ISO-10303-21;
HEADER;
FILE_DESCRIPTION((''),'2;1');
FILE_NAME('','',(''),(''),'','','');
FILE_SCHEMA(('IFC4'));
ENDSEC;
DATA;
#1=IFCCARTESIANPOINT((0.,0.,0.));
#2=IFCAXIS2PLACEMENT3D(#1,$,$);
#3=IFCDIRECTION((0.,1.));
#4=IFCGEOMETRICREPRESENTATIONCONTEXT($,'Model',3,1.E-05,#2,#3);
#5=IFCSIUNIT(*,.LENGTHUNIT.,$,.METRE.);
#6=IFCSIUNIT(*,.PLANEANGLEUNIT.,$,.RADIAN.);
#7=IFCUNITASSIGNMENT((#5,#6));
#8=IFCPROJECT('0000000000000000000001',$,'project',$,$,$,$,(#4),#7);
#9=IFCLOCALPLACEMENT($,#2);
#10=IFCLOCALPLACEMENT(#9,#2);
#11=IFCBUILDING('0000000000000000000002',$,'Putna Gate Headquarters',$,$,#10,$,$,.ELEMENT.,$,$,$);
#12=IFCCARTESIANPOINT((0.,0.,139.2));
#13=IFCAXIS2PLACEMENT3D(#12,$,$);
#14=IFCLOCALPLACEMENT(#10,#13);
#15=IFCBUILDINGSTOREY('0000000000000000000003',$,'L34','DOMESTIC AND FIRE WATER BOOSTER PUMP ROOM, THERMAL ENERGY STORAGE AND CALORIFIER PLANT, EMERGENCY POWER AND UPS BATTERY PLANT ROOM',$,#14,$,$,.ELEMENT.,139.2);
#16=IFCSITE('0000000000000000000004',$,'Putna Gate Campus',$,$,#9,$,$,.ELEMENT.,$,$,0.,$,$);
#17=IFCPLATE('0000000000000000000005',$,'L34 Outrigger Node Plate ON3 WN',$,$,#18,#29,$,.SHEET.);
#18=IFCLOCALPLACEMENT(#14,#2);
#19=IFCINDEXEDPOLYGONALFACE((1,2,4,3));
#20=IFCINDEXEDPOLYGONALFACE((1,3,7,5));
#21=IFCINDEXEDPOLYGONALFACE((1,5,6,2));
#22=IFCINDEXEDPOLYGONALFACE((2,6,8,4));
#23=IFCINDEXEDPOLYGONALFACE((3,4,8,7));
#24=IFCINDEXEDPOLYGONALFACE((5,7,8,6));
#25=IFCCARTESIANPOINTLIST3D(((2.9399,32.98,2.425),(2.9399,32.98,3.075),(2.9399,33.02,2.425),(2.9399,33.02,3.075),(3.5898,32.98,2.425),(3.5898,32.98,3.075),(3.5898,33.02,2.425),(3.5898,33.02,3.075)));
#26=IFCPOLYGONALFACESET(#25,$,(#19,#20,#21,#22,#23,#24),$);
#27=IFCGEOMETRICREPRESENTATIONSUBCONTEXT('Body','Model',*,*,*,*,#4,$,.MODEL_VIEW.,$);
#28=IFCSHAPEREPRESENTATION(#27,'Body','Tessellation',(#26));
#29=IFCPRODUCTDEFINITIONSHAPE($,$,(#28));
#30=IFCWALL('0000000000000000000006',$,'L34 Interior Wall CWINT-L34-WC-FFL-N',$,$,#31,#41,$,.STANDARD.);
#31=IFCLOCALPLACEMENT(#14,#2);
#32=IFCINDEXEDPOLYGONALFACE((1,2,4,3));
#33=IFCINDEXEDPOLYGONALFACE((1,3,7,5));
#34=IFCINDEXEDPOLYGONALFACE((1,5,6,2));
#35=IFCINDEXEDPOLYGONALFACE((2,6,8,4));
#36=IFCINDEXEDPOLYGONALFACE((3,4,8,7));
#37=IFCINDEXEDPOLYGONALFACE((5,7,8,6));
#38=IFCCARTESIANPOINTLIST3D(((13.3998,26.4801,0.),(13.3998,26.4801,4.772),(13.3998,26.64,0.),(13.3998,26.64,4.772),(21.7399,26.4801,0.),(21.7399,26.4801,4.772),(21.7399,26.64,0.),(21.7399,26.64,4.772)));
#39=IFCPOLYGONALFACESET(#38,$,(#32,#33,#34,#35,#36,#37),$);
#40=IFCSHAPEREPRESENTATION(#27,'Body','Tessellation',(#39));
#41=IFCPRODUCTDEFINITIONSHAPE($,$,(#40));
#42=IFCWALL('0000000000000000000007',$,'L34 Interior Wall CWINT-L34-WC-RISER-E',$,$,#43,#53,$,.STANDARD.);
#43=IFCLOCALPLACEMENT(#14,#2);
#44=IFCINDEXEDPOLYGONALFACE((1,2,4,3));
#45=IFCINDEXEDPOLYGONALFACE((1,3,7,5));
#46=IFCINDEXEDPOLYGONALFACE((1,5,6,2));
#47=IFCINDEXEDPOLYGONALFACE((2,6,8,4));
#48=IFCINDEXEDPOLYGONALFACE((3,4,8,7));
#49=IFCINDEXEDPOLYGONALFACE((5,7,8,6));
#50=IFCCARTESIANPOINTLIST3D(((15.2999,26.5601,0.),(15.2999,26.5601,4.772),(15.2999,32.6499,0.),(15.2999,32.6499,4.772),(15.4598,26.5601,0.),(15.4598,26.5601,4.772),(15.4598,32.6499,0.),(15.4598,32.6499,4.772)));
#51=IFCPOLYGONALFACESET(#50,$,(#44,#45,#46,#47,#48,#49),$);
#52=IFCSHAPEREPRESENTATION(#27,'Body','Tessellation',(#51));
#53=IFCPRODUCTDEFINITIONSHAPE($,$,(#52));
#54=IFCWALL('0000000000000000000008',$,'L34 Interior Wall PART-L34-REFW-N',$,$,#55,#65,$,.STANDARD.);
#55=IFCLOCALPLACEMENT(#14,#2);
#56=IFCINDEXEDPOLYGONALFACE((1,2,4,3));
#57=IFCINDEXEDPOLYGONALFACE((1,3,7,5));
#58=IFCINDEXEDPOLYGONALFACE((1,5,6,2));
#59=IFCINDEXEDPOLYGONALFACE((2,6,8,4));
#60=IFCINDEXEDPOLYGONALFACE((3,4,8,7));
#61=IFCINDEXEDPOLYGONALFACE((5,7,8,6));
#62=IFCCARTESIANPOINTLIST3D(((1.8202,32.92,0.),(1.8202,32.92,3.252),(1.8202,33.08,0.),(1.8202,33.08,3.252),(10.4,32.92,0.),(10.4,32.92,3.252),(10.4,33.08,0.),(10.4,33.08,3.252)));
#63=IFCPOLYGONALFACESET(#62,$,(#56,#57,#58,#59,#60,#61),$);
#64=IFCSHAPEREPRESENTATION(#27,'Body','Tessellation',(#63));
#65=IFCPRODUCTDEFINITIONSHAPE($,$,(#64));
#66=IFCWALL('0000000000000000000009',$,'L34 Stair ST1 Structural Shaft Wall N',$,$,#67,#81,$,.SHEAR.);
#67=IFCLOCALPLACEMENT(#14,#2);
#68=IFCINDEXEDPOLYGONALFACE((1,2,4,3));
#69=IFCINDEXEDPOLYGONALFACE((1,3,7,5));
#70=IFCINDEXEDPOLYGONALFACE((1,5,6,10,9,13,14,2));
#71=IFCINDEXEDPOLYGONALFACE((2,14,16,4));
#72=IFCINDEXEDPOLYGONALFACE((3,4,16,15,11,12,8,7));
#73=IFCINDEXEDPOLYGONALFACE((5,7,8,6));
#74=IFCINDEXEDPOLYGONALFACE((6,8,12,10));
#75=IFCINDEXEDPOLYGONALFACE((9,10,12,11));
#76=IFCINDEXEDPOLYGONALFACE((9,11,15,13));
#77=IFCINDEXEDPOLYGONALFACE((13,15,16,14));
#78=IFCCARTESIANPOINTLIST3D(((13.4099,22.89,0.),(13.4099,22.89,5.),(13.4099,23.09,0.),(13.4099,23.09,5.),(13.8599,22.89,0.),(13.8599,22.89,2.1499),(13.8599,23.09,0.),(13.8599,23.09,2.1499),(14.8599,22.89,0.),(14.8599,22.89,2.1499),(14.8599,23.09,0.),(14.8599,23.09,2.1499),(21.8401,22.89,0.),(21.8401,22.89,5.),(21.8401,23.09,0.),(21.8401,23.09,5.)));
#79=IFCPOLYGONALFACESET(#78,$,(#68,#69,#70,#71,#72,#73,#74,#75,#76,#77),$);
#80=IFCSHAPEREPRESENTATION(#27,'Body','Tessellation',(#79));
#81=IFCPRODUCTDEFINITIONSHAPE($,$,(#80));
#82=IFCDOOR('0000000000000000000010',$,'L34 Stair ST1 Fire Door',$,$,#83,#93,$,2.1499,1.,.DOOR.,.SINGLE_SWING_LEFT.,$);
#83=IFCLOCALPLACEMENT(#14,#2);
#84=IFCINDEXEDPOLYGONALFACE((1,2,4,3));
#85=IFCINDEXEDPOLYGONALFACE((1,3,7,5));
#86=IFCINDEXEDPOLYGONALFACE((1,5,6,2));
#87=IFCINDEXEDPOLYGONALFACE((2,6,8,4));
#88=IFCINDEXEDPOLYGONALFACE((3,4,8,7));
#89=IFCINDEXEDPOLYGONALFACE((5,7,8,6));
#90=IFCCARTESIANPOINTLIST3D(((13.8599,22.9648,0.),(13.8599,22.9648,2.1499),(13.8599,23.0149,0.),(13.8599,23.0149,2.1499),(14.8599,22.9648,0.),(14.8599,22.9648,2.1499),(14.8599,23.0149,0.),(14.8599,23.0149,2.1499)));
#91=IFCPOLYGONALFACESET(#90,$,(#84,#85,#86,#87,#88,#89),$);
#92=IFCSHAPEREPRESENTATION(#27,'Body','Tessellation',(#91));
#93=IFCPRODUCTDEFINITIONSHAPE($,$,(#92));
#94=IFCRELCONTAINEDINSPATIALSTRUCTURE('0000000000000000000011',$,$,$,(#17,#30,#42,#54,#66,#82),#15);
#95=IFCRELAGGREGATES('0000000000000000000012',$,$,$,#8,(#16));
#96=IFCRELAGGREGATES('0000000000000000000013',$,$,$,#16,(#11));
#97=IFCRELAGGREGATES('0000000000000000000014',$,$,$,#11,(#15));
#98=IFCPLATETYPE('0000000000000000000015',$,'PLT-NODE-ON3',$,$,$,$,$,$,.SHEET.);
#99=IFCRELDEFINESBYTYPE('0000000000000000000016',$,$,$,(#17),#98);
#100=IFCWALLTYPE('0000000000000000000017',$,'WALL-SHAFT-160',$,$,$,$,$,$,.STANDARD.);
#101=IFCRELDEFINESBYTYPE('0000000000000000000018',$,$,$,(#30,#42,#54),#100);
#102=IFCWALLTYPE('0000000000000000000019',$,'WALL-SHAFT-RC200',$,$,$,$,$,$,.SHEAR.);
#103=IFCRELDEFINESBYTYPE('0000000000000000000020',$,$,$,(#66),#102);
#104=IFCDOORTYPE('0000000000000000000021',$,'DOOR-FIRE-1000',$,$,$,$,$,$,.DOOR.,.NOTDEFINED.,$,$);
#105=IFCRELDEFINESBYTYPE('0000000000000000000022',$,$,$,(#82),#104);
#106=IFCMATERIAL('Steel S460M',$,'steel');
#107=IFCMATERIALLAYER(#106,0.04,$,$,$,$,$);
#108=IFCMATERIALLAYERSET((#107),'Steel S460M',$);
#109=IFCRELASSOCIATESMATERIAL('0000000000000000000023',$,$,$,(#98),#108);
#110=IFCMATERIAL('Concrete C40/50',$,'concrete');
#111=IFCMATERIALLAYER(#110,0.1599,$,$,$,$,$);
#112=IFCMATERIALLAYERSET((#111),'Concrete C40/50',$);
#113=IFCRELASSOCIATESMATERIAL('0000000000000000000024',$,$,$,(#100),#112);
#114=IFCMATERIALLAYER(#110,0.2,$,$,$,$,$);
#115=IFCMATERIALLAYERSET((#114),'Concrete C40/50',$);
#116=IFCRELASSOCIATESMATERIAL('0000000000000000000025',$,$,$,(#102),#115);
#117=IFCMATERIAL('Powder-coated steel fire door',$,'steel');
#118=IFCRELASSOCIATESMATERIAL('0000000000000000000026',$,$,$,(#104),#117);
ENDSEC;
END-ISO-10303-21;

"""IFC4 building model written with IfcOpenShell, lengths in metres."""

from ifc_helpers import new_model, si_unit, direction, frame, frame_2d, origin, origin_2d, place, context, subcontext, project, spatial, rectangle, extrude, material, layer, layer_set, type_object, element, fill, save


model = new_model("IFC4")

# Units and contexts
model_context = context("Model", 3, precision=1e-05, world=origin(), true_north=direction((0.0, 1.0)))
body_context = subcontext(model_context, "Body", "Model", "MODEL_VIEW")
ifc_project = project(units=[si_unit("LENGTHUNIT", "METRE"), si_unit("PLANEANGLEUNIT", "RADIAN")], contexts=[model_context])

# Site, building, storey
site_placement = place(None, origin())
site = spatial("IfcSite", under=ifc_project, at=site_placement, Name="Putna Gate Campus", CompositionType="ELEMENT", RefElevation=0.0)
building_placement = place(site_placement, origin())
building = spatial("IfcBuilding", under=site, at=building_placement, Name="Putna Gate Headquarters", CompositionType="ELEMENT")
storey_placement = place(building_placement, frame((0.0, 0.0, 139.2)))
storey = spatial("IfcBuildingStorey", under=building, at=storey_placement, Name="L34", Description="DOMESTIC AND FIRE WATER BOOSTER PUMP ROOM, THERMAL ENERGY STORAGE AND CALORIFIER PLANT, EMERGENCY POWER AND UPS BATTERY PLANT ROOM", CompositionType="ELEMENT", Elevation=139.2)

# Shared definitions
ifc_material_1 = material(Name="Steel S460M", Category="steel")

# Plate
ifc_layer_1 = layer(ifc_material_1, 0.04)
ifc_layer_set_1 = layer_set([ifc_layer_1], Name="Steel S460M")
plate_type_1 = type_object("IfcPlateType", Name="PLT-NODE-ON3", PredefinedType="SHEET", material=ifc_layer_set_1)
plate_1_placement = place(storey_placement, frame((3.2649, 33.0, 2.425), z_axis=(0.0, 0.0, 1.0), x_axis=(1.0, 0.0, 0.0)))
element("IfcPlate", 1, at=plate_1_placement, inside=storey, type_object=plate_type_1, Name="L34 Outrigger Node Plate ON3 WN", PredefinedType="SHEET", context=body_context, shape_type="SweptSolid", body=[
    extrude(rectangle(XDim=0.6499, YDim=0.04, at=origin_2d()), origin(), (0.0, 0.0, 1.0), 0.6499),
])

# Walls
ifc_material_2 = material(Name="Concrete C40/50", Category="concrete")
ifc_layer_2 = layer(ifc_material_2, 0.1599)
ifc_layer_set_2 = layer_set([ifc_layer_2], Name="Concrete C40/50")
wall_type_1 = type_object("IfcWallType", Name="WALL-SHAFT-160", PredefinedType="STANDARD", material=ifc_layer_set_2)
wall_1_placement = place(storey_placement, frame((13.3999, 26.5601, 0.0), z_axis=(0.0, 0.0, 1.0), x_axis=(1.0, 0.0, 0.0)))
element("IfcWall", 2, at=wall_1_placement, inside=storey, type_object=wall_type_1, Name="L34 Interior Wall CWINT-L34-WC-FFL-N", PredefinedType="STANDARD", context=body_context, shape_type="SweptSolid", body=[
    extrude(rectangle(XDim=8.3401, YDim=0.1599, at=frame_2d((4.1699, 0.0))), origin(), (0.0, 0.0, 1.0), 4.772),
])
wall_2_placement = place(storey_placement, frame((15.3799, 26.5601, 0.0), z_axis=(0.0, 0.0, 1.0), x_axis=(0.0, 1.0, 0.0)))
element("IfcWall", 3, at=wall_2_placement, inside=storey, type_object=wall_type_1, Name="L34 Interior Wall CWINT-L34-WC-RISER-E", PredefinedType="STANDARD", context=body_context, shape_type="SweptSolid", body=[
    extrude(rectangle(XDim=6.0898, YDim=0.1599, at=frame_2d((3.0449, 0.0))), origin(), (0.0, 0.0, 1.0), 4.772),
])
wall_3_placement = place(storey_placement, frame((1.8201, 33.0, 0.0), z_axis=(0.0, 0.0, 1.0), x_axis=(1.0, 0.0, 0.0)))
element("IfcWall", 4, at=wall_3_placement, inside=storey, type_object=wall_type_1, Name="L34 Interior Wall PART-L34-REFW-N", PredefinedType="STANDARD", context=body_context, shape_type="SweptSolid", body=[
    extrude(rectangle(XDim=8.5798, YDim=0.1599, at=frame_2d((4.29, 0.0))), origin(), (0.0, 0.0, 1.0), 3.252),
])

# Wall, opening, door
ifc_layer_3 = layer(ifc_material_2, 0.2)
ifc_layer_set_3 = layer_set([ifc_layer_3], Name="Concrete C40/50")
wall_type_2 = type_object("IfcWallType", Name="WALL-SHAFT-RC200", PredefinedType="SHEAR", material=ifc_layer_set_3)
wall_4_placement = place(storey_placement, frame((13.4099, 22.99, 0.0), z_axis=(0.0, 0.0, 1.0), x_axis=(1.0, 0.0, 0.0)))
wall_4 = element("IfcWall", 5, at=wall_4_placement, inside=storey, type_object=wall_type_2, Name="L34 Stair ST1 Structural Shaft Wall N", PredefinedType="SHEAR", context=body_context, shape_type="SweptSolid", body=[
    extrude(rectangle(XDim=8.4302, YDim=0.2, at=frame_2d((4.2151, 0.0))), origin(), (0.0, 0.0, 1.0), 5.0),
])
opening_placement = place(wall_4_placement, frame((0.45, 0.0, 0.0)))
opening = element("IfcOpeningElement", 6, at=opening_placement, cuts=wall_4, PredefinedType="OPENING", context=body_context, shape_type="SweptSolid", body=[
    extrude(rectangle(XDim=1.0, YDim=2.1499, at=frame_2d((0.5, 1.075))), frame((0.0, 0.1099, 0.0), z_axis=(0.0, -1.0, 0.0), x_axis=(1.0, 0.0, 0.0)), (0.0, 0.0, 1.0), 0.22),
])
ifc_material_3 = material(Name="Powder-coated steel fire door", Category="steel")
door_type = type_object("IfcDoorType", Name="DOOR-FIRE-1000", OperationType="NOTDEFINED", PredefinedType="DOOR", material=ifc_material_3)
door_placement = place(opening_placement, origin())
door = element("IfcDoor", 7, at=door_placement, inside=storey, type_object=door_type, Name="L34 Stair ST1 Fire Door", OperationType="SINGLE_SWING_LEFT", OverallHeight=2.1499, OverallWidth=1.0, PredefinedType="DOOR", context=body_context, shape_type="SweptSolid", body=[
    extrude(rectangle(XDim=1.0, YDim=2.1499, at=frame_2d((0.5, 1.075))), frame((0.0, 0.0249, 0.0), z_axis=(0.0, -1.0, 0.0), x_axis=(1.0, 0.0, 0.0)), (0.0, 0.0, 1.0), 0.05),
])
fill(opening, door)

save(model, "model.ifc")
